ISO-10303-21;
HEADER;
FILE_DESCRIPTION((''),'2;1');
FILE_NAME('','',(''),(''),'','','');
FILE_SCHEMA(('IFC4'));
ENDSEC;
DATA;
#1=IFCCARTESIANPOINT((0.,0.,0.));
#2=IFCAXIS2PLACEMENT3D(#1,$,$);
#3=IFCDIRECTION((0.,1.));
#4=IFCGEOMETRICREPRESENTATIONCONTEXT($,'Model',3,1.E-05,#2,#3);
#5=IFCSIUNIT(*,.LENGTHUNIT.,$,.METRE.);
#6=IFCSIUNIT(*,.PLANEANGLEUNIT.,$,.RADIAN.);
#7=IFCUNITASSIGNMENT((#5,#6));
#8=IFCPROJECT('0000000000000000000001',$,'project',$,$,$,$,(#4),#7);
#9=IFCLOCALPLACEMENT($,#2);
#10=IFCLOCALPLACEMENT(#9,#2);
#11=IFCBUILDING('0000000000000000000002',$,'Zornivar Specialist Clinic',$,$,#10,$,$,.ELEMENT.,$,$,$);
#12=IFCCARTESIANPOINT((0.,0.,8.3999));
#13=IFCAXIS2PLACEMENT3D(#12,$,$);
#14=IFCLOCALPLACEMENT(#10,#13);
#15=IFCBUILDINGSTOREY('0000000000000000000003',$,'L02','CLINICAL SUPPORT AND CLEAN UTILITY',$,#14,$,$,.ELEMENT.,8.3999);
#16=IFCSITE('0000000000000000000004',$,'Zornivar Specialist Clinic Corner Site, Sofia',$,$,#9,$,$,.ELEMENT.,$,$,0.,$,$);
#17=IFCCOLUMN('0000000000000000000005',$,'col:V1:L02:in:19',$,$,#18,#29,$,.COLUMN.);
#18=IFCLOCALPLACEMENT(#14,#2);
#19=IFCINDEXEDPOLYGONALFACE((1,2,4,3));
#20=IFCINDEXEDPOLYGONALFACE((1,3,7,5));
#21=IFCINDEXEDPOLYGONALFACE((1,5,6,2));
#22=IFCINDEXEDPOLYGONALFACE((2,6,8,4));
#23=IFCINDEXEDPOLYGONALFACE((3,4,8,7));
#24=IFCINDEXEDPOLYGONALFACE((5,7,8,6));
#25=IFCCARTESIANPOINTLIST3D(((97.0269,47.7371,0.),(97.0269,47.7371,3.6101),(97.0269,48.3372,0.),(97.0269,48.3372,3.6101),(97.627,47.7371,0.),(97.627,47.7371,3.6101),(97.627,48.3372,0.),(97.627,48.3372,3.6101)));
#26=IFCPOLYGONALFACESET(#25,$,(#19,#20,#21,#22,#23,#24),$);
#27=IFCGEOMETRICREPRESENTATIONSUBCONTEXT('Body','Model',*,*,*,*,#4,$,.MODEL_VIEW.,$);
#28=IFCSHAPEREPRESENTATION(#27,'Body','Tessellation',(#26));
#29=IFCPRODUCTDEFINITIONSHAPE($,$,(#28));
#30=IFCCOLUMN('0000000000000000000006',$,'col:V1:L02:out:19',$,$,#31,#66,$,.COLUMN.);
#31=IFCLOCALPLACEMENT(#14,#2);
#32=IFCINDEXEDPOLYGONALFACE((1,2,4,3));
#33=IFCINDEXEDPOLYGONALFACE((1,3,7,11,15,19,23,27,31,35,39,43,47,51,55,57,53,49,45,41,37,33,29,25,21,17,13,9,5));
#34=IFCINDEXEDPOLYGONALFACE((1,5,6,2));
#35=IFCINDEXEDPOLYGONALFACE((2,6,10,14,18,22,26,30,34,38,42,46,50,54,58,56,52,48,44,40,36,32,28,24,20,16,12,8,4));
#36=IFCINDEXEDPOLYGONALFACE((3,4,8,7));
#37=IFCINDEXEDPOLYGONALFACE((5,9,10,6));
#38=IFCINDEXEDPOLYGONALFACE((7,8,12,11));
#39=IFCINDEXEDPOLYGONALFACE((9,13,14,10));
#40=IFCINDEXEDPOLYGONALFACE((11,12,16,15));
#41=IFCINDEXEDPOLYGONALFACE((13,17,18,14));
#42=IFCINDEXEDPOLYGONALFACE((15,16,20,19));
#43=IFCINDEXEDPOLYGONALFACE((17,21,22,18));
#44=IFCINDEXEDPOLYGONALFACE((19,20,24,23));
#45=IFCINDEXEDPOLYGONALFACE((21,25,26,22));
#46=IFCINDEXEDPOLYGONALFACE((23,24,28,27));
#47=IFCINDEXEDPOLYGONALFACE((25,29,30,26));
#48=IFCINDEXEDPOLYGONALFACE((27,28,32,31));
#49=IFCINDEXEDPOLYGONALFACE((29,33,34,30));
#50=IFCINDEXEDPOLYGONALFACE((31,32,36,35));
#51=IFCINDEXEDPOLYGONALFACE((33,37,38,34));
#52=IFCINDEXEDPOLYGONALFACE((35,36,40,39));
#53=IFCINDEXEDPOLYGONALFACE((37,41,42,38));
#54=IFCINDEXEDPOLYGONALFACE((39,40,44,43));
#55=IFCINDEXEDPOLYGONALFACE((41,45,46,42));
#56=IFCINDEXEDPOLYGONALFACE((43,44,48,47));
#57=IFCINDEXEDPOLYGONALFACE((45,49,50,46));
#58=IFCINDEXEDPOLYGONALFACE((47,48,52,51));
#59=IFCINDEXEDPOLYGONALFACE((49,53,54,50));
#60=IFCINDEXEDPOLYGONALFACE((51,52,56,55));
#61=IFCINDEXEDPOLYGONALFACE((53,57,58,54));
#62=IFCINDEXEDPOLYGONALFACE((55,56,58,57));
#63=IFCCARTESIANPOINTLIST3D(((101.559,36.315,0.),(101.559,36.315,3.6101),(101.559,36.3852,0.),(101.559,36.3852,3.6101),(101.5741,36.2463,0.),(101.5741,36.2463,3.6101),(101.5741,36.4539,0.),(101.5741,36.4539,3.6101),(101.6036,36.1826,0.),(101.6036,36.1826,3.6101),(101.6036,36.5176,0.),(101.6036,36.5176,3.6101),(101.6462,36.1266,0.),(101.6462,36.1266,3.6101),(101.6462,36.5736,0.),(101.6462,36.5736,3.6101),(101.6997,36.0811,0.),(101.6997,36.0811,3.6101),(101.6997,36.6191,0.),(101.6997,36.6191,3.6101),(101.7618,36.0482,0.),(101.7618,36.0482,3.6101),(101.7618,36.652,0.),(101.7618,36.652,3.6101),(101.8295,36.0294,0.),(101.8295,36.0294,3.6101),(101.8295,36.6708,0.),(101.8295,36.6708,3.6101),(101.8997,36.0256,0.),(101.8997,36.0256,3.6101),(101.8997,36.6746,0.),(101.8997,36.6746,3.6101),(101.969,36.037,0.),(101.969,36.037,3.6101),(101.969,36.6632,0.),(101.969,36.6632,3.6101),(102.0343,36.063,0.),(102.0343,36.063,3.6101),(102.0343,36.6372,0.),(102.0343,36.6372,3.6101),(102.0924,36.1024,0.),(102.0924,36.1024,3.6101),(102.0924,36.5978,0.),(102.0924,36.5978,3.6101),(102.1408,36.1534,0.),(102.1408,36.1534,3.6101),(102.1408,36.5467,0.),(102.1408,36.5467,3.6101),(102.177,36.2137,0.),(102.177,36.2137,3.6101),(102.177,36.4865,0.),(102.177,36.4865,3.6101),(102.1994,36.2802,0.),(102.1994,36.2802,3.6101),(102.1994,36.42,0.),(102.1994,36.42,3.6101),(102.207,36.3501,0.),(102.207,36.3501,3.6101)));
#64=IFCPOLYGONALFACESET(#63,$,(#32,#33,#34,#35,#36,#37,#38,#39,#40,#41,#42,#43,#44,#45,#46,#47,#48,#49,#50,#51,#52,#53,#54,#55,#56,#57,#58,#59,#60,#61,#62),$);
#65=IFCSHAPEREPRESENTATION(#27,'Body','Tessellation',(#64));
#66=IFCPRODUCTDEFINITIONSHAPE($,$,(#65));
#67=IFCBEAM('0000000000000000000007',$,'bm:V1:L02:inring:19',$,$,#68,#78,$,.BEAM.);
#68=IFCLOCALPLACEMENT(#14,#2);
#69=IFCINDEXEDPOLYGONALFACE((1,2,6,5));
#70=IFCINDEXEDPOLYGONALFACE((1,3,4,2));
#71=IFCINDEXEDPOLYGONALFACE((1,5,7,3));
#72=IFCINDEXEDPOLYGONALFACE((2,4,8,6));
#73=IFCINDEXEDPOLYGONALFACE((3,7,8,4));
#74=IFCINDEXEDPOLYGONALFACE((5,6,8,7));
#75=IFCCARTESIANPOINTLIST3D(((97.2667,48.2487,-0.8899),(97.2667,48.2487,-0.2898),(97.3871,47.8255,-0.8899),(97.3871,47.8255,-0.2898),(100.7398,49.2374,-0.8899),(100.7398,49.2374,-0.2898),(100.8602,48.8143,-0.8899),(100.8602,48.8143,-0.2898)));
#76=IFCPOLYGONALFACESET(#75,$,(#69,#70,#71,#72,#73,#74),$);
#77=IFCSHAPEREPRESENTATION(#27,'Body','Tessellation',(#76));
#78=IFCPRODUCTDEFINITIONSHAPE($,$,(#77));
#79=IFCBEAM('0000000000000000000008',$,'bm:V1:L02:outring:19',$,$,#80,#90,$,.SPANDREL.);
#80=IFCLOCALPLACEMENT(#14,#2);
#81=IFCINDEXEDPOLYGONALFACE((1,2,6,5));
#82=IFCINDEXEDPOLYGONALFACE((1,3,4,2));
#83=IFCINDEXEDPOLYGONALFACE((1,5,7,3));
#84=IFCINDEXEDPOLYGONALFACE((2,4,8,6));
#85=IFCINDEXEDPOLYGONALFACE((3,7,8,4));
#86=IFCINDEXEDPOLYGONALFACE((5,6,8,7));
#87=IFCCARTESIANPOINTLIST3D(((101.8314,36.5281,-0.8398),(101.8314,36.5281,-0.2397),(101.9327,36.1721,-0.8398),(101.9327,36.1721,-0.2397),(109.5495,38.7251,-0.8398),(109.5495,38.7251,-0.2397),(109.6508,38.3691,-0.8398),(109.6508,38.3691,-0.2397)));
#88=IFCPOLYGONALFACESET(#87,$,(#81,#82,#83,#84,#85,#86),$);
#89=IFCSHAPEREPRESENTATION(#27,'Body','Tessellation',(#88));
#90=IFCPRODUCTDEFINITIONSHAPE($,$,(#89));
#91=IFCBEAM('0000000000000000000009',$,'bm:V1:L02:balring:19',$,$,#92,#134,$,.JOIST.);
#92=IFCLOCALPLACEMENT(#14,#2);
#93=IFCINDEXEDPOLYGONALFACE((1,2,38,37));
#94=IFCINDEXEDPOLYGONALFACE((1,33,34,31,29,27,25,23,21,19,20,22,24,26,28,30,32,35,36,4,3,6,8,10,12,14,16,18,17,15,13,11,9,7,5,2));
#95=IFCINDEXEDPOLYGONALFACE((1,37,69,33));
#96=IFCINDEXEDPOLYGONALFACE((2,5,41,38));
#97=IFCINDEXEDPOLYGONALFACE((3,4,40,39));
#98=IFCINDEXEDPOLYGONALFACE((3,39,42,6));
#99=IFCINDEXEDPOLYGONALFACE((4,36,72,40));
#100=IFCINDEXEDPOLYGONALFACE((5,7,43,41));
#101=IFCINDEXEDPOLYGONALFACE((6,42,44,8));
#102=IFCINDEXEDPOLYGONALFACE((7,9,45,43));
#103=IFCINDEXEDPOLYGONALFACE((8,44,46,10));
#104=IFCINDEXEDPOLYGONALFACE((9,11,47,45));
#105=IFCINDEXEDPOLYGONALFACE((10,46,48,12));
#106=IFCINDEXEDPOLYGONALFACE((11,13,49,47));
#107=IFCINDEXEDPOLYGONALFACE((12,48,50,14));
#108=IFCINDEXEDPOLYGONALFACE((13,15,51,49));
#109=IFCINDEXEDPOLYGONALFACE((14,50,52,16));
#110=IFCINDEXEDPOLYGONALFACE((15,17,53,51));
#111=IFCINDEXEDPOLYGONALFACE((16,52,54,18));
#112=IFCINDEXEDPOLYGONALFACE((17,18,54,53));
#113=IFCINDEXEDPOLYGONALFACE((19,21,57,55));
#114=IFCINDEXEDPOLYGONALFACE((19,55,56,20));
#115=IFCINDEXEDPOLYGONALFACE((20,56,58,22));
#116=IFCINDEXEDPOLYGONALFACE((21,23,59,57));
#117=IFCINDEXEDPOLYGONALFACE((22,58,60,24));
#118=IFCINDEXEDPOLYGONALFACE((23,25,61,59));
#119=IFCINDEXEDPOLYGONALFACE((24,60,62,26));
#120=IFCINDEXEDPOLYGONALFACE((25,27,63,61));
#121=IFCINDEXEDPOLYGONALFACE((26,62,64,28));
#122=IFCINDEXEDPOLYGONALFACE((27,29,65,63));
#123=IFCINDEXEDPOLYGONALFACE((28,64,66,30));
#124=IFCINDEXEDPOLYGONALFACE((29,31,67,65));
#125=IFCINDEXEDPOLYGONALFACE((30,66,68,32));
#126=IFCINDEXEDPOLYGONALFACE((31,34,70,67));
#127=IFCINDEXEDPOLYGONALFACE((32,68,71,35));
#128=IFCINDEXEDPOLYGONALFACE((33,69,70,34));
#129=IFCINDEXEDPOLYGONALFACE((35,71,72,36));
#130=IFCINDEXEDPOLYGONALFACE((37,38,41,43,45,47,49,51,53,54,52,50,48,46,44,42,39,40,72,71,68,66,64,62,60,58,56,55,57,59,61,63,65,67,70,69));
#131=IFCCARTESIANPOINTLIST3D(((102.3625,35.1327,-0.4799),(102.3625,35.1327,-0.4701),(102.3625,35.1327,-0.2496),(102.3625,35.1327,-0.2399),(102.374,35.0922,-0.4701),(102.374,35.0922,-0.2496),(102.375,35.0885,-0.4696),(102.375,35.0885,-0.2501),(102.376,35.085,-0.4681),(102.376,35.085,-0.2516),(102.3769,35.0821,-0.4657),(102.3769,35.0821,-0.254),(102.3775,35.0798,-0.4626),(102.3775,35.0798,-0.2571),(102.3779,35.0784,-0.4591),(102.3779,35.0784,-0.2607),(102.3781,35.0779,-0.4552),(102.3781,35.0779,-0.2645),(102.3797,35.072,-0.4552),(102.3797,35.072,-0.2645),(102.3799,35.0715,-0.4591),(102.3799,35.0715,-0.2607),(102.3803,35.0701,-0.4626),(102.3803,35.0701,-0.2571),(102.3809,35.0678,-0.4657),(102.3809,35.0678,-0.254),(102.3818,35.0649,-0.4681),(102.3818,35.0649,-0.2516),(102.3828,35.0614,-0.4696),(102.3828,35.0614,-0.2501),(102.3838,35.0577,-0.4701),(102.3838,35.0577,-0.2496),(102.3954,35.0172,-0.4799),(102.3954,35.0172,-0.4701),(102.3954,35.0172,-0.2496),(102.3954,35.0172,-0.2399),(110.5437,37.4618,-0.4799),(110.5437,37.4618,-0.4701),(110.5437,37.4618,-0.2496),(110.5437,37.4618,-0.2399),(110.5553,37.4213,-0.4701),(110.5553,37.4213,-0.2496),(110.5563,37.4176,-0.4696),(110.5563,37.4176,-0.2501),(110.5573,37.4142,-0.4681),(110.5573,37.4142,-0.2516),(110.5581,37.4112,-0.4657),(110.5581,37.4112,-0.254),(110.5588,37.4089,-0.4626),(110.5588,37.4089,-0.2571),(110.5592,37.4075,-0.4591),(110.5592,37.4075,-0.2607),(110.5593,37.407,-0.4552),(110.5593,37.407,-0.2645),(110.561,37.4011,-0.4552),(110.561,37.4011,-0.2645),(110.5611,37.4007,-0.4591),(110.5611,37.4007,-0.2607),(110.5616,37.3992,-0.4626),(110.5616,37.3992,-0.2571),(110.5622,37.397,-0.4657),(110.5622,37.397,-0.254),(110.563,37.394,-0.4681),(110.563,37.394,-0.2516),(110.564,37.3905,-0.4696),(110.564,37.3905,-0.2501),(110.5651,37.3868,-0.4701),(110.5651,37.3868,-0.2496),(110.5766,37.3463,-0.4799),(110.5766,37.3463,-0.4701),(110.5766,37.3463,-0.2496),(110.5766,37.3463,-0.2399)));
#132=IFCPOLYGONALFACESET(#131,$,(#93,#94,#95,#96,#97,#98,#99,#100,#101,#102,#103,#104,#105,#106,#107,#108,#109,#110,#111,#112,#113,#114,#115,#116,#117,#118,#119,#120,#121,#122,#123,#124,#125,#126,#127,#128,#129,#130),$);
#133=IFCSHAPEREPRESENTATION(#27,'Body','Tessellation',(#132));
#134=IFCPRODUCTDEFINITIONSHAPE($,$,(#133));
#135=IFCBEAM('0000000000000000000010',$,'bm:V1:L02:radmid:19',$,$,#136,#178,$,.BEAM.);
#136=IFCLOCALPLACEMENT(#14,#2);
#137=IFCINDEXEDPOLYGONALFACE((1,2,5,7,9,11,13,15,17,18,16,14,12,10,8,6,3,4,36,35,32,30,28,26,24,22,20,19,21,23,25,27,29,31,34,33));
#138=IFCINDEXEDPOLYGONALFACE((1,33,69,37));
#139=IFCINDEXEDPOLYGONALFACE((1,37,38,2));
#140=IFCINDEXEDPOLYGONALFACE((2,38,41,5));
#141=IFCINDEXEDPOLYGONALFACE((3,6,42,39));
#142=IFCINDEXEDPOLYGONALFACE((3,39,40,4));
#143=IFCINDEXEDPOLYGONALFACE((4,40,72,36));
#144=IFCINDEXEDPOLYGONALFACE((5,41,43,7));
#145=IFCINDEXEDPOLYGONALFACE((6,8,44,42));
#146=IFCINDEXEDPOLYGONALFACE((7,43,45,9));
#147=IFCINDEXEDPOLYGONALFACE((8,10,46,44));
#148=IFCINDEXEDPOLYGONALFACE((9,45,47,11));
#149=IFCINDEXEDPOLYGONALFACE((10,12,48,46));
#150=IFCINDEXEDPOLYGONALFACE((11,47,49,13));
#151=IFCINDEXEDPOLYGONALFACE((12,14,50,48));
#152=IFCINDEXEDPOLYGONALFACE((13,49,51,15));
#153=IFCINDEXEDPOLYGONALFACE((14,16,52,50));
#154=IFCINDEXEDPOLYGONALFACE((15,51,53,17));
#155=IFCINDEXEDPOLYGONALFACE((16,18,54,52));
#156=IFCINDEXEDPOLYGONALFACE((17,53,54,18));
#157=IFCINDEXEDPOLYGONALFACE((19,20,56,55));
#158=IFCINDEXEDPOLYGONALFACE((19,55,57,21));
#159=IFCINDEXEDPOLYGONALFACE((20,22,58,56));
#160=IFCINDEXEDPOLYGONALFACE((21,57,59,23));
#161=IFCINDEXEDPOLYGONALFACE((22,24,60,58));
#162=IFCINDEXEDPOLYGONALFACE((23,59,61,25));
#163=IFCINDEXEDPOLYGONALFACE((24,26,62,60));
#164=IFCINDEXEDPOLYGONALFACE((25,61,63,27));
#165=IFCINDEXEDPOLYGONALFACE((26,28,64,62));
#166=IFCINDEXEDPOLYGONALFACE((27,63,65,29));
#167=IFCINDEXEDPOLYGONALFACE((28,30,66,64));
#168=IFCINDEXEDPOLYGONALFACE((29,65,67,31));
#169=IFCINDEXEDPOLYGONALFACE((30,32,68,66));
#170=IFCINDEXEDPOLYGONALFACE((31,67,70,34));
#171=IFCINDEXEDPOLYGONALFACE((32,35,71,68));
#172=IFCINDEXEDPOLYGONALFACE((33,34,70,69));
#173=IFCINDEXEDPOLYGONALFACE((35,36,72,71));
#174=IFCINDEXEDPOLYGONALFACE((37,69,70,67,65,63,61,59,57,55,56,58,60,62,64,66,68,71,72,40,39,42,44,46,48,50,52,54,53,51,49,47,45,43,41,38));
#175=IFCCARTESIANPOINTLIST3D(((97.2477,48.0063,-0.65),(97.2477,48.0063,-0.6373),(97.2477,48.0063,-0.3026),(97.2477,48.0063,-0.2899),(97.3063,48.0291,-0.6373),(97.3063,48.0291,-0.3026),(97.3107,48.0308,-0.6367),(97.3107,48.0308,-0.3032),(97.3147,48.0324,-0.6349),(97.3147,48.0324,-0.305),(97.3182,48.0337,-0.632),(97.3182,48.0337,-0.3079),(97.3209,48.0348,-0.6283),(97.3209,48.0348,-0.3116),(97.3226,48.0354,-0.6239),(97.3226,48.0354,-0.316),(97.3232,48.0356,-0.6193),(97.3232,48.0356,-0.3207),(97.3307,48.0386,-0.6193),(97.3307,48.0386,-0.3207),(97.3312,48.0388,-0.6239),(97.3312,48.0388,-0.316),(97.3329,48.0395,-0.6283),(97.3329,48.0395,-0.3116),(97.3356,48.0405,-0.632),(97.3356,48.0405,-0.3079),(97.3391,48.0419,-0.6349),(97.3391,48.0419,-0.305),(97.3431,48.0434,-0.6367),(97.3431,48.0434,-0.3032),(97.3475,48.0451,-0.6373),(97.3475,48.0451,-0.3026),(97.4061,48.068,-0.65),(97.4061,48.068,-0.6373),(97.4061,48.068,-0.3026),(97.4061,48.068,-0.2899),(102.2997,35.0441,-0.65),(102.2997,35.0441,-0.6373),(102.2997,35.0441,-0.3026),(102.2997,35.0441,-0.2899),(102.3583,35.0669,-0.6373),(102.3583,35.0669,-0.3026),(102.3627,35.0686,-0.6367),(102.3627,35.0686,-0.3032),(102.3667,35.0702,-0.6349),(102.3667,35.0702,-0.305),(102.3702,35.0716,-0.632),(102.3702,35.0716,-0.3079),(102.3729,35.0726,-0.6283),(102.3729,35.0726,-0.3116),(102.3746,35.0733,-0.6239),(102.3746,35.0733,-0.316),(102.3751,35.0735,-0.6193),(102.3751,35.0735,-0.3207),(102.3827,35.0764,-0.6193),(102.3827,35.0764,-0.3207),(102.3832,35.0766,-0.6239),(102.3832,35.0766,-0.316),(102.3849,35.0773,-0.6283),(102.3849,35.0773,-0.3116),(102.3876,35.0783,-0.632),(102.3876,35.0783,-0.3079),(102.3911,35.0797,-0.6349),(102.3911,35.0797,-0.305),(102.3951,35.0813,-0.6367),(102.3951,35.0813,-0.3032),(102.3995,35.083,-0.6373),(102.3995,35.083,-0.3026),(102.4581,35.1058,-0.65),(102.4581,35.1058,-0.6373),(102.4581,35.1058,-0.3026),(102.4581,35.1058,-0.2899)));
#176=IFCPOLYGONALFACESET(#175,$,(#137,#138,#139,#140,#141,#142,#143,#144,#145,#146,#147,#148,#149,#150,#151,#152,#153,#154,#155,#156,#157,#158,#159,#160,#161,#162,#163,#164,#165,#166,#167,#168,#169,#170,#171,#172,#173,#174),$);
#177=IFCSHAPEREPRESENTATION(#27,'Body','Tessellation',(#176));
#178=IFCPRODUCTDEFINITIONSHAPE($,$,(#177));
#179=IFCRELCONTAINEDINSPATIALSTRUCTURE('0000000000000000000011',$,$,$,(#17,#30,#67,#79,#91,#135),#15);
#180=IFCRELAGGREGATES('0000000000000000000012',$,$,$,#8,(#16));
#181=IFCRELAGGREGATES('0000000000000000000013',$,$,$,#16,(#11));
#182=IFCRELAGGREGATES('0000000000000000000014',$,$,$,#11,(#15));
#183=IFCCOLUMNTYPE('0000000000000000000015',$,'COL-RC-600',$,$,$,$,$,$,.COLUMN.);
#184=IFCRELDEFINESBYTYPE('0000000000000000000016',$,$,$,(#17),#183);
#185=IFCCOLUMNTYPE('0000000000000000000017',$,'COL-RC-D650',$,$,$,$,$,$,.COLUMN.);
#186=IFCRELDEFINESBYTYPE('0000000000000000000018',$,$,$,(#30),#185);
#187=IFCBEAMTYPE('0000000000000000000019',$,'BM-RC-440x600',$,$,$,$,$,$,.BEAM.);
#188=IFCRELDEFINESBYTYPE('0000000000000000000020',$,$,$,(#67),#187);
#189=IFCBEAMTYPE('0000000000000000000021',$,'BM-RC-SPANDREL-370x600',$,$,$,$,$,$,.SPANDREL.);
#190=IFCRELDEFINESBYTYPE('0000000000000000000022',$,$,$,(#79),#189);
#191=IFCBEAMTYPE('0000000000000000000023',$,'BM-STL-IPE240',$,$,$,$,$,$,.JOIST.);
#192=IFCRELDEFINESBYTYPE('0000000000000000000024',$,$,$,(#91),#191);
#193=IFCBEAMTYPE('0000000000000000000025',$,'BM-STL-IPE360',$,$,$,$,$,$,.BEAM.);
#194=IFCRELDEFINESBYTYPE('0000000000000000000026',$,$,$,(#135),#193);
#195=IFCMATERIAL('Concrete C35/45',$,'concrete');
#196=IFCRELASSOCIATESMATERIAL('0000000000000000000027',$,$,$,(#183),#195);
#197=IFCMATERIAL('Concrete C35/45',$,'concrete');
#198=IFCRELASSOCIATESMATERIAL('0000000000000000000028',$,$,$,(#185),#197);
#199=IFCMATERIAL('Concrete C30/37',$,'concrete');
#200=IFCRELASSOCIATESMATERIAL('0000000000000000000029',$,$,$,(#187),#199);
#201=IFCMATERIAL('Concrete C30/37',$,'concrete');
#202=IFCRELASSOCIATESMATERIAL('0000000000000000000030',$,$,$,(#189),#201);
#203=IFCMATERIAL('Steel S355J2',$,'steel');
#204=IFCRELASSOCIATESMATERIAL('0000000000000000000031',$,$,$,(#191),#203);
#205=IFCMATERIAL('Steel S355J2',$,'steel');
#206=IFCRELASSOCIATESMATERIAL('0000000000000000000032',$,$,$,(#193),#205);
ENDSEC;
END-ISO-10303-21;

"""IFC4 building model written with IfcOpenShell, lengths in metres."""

from ifc_helpers import new_model, si_unit, direction, frame, origin, origin_2d, place, context, subcontext, project, spatial, rectangle, circle, i_section, extrude, material, material_profile, profile_set, type_object, element, save


model = new_model("IFC4")

# Units and contexts
model_context = context("Model", 3, precision=1e-05, world=origin(), true_north=direction((0.0, 1.0)))
body_context = subcontext(model_context, "Body", "Model", "MODEL_VIEW")
ifc_project = project(units=[si_unit("LENGTHUNIT", "METRE"), si_unit("PLANEANGLEUNIT", "RADIAN")], contexts=[model_context])

# Site, building, storey
site_placement = place(None, origin())
site = spatial("IfcSite", under=ifc_project, at=site_placement, Name="Zornivar Specialist Clinic Corner Site, Sofia", CompositionType="ELEMENT", RefElevation=0.0)
building_placement = place(site_placement, origin())
building = spatial("IfcBuilding", under=site, at=building_placement, Name="Zornivar Specialist Clinic", CompositionType="ELEMENT")
storey_placement = place(building_placement, frame((0.0, 0.0, 8.3999)))
storey = spatial("IfcBuildingStorey", under=building, at=storey_placement, Name="L02", Description="CLINICAL SUPPORT AND CLEAN UTILITY", CompositionType="ELEMENT", Elevation=8.3999)

# Columns
ifc_material_1 = material(Name="Concrete C35/45", Category="concrete")
ifc_material_profile_1 = material_profile(ifc_material_1, rectangle(XDim=0.6001, YDim=0.6001, at=origin_2d()), Name="RC 600x600")
ifc_profile_set_1 = profile_set([ifc_material_profile_1], Name="Concrete C35/45")
column_type_1 = type_object("IfcColumnType", Name="COL-RC-600", PredefinedType="COLUMN", material=ifc_profile_set_1)
column_1_placement = place(storey_placement, frame((97.3269, 48.0371, 0.0), z_axis=(0.0, 0.0, 1.0), x_axis=(1.0, 0.0, 0.0)))
element("IfcColumn", 1, at=column_1_placement, inside=storey, type_object=column_type_1, Name="col:V1:L02:in:19", PredefinedType="COLUMN", context=body_context, shape_type="SweptSolid", body=[
    extrude(rectangle(XDim=0.6001, YDim=0.6001, at=origin_2d()), origin(), (0.0, 0.0, 1.0), 3.6101),
])
ifc_material_2 = material(Name="Concrete C35/45", Category="concrete")
ifc_material_profile_2 = material_profile(ifc_material_2, circle(Radius=0.325, at=origin_2d()), Name="RC D650")
ifc_profile_set_2 = profile_set([ifc_material_profile_2], Name="Concrete C35/45")
column_type_2 = type_object("IfcColumnType", Name="COL-RC-D650", PredefinedType="COLUMN", material=ifc_profile_set_2)
column_2_placement = place(storey_placement, frame((101.8821, 36.3501, 0.0), z_axis=(0.0, 0.0, 1.0), x_axis=(1.0, 0.0, 0.0)))
element("IfcColumn", 2, at=column_2_placement, inside=storey, type_object=column_type_2, Name="col:V1:L02:out:19", PredefinedType="COLUMN", context=body_context, shape_type="SweptSolid", body=[
    extrude(circle(Radius=0.325, at=origin_2d()), origin(), (0.0, 0.0, 1.0), 3.6101),
])

# Beams
ifc_material_3 = material(Name="Concrete C30/37", Category="concrete")
ifc_material_profile_3 = material_profile(ifc_material_3, rectangle(XDim=0.4399, YDim=0.6001, at=origin_2d()), Name="RC 440x600")
ifc_profile_set_3 = profile_set([ifc_material_profile_3], Name="Concrete C30/37")
beam_type_1 = type_object("IfcBeamType", Name="BM-RC-440x600", PredefinedType="BEAM", material=ifc_profile_set_3)
beam_1_placement = place(storey_placement, frame((97.3269, 48.0371, -0.5898), z_axis=(0.961784, 0.27381, 0.0), x_axis=(-0.27381, 0.961784, 0.0)))
element("IfcBeam", 3, at=beam_1_placement, inside=storey, type_object=beam_type_1, Name="bm:V1:L02:inring:19", PredefinedType="BEAM", context=body_context, shape_type="SweptSolid", body=[
    extrude(rectangle(XDim=0.4399, YDim=0.6001, at=origin_2d()), origin(), (0.0, 0.0, 1.0), 3.6111),
])
ifc_material_4 = material(Name="Concrete C30/37", Category="concrete")
ifc_material_profile_4 = material_profile(ifc_material_4, rectangle(XDim=0.3701, YDim=0.6001, at=origin_2d()), Name="RC 370x600")
ifc_profile_set_4 = profile_set([ifc_material_profile_4], Name="Concrete C30/37")
beam_type_2 = type_object("IfcBeamType", Name="BM-RC-SPANDREL-370x600", PredefinedType="SPANDREL", material=ifc_profile_set_4)
beam_2_placement = place(storey_placement, frame((101.8821, 36.3501, -0.5398), z_axis=(0.961791, 0.273785, 0.0), x_axis=(-0.273785, 0.961791, 0.0)))
element("IfcBeam", 4, at=beam_2_placement, inside=storey, type_object=beam_type_2, Name="bm:V1:L02:outring:19", PredefinedType="SPANDREL", context=body_context, shape_type="SweptSolid", body=[
    extrude(rectangle(XDim=0.3701, YDim=0.6001, at=origin_2d()), origin(), (0.0, 0.0, 1.0), 8.0247),
])
ifc_material_5 = material(Name="Steel S355J2", Category="steel")
ifc_material_profile_5 = material_profile(ifc_material_5, i_section(OverallWidth=0.1201, OverallDepth=0.24, WebThickness=0.0061, FlangeThickness=0.0098, FilletRadius=0.0149, at=origin_2d()), Name="IPE 240")
ifc_profile_set_5 = profile_set([ifc_material_profile_5], Name="Steel S355J2")
beam_type_3 = type_object("IfcBeamType", Name="BM-STL-IPE240", PredefinedType="JOIST", material=ifc_profile_set_5)
beam_3_placement = place(storey_placement, frame((102.3789, 35.075, -0.3599), z_axis=(0.961783, 0.273811, 0.0), x_axis=(-0.273811, 0.961783, 0.0)))
element("IfcBeam", 5, at=beam_3_placement, inside=storey, type_object=beam_type_3, Name="bm:V1:L02:balring:19", PredefinedType="JOIST", context=body_context, shape_type="SweptSolid", body=[
    extrude(i_section(OverallWidth=0.1201, OverallDepth=0.24, WebThickness=0.0061, FlangeThickness=0.0098, FilletRadius=0.0149, at=origin_2d()), origin(), (0.0, 0.0, 1.0), 8.5063),
])
ifc_material_6 = material(Name="Steel S355J2", Category="steel")
ifc_material_profile_6 = material_profile(ifc_material_6, i_section(OverallWidth=0.1699, OverallDepth=0.3601, WebThickness=0.0081, FlangeThickness=0.0127, FilletRadius=0.0181, at=origin_2d()), Name="IPE 360")
ifc_profile_set_6 = profile_set([ifc_material_profile_6], Name="Steel S355J2")
beam_type_4 = type_object("IfcBeamType", Name="BM-STL-IPE360", PredefinedType="BEAM", material=ifc_profile_set_6)
beam_4_placement = place(storey_placement, frame((97.3269, 48.0371, -0.47), z_axis=(0.363143, -0.931733, 0.0), x_axis=(0.931733, 0.363143, 0.0)))
element("IfcBeam", 6, at=beam_4_placement, inside=storey, type_object=beam_type_4, Name="bm:V1:L02:radmid:19", PredefinedType="BEAM", context=body_context, shape_type="SweptSolid", body=[
    extrude(i_section(OverallWidth=0.1699, OverallDepth=0.3601, WebThickness=0.0081, FlangeThickness=0.0127, FilletRadius=0.0181, at=origin_2d()), origin(), (0.0, 0.0, 1.0), 13.9119),
])

save(model, "model.ifc")
